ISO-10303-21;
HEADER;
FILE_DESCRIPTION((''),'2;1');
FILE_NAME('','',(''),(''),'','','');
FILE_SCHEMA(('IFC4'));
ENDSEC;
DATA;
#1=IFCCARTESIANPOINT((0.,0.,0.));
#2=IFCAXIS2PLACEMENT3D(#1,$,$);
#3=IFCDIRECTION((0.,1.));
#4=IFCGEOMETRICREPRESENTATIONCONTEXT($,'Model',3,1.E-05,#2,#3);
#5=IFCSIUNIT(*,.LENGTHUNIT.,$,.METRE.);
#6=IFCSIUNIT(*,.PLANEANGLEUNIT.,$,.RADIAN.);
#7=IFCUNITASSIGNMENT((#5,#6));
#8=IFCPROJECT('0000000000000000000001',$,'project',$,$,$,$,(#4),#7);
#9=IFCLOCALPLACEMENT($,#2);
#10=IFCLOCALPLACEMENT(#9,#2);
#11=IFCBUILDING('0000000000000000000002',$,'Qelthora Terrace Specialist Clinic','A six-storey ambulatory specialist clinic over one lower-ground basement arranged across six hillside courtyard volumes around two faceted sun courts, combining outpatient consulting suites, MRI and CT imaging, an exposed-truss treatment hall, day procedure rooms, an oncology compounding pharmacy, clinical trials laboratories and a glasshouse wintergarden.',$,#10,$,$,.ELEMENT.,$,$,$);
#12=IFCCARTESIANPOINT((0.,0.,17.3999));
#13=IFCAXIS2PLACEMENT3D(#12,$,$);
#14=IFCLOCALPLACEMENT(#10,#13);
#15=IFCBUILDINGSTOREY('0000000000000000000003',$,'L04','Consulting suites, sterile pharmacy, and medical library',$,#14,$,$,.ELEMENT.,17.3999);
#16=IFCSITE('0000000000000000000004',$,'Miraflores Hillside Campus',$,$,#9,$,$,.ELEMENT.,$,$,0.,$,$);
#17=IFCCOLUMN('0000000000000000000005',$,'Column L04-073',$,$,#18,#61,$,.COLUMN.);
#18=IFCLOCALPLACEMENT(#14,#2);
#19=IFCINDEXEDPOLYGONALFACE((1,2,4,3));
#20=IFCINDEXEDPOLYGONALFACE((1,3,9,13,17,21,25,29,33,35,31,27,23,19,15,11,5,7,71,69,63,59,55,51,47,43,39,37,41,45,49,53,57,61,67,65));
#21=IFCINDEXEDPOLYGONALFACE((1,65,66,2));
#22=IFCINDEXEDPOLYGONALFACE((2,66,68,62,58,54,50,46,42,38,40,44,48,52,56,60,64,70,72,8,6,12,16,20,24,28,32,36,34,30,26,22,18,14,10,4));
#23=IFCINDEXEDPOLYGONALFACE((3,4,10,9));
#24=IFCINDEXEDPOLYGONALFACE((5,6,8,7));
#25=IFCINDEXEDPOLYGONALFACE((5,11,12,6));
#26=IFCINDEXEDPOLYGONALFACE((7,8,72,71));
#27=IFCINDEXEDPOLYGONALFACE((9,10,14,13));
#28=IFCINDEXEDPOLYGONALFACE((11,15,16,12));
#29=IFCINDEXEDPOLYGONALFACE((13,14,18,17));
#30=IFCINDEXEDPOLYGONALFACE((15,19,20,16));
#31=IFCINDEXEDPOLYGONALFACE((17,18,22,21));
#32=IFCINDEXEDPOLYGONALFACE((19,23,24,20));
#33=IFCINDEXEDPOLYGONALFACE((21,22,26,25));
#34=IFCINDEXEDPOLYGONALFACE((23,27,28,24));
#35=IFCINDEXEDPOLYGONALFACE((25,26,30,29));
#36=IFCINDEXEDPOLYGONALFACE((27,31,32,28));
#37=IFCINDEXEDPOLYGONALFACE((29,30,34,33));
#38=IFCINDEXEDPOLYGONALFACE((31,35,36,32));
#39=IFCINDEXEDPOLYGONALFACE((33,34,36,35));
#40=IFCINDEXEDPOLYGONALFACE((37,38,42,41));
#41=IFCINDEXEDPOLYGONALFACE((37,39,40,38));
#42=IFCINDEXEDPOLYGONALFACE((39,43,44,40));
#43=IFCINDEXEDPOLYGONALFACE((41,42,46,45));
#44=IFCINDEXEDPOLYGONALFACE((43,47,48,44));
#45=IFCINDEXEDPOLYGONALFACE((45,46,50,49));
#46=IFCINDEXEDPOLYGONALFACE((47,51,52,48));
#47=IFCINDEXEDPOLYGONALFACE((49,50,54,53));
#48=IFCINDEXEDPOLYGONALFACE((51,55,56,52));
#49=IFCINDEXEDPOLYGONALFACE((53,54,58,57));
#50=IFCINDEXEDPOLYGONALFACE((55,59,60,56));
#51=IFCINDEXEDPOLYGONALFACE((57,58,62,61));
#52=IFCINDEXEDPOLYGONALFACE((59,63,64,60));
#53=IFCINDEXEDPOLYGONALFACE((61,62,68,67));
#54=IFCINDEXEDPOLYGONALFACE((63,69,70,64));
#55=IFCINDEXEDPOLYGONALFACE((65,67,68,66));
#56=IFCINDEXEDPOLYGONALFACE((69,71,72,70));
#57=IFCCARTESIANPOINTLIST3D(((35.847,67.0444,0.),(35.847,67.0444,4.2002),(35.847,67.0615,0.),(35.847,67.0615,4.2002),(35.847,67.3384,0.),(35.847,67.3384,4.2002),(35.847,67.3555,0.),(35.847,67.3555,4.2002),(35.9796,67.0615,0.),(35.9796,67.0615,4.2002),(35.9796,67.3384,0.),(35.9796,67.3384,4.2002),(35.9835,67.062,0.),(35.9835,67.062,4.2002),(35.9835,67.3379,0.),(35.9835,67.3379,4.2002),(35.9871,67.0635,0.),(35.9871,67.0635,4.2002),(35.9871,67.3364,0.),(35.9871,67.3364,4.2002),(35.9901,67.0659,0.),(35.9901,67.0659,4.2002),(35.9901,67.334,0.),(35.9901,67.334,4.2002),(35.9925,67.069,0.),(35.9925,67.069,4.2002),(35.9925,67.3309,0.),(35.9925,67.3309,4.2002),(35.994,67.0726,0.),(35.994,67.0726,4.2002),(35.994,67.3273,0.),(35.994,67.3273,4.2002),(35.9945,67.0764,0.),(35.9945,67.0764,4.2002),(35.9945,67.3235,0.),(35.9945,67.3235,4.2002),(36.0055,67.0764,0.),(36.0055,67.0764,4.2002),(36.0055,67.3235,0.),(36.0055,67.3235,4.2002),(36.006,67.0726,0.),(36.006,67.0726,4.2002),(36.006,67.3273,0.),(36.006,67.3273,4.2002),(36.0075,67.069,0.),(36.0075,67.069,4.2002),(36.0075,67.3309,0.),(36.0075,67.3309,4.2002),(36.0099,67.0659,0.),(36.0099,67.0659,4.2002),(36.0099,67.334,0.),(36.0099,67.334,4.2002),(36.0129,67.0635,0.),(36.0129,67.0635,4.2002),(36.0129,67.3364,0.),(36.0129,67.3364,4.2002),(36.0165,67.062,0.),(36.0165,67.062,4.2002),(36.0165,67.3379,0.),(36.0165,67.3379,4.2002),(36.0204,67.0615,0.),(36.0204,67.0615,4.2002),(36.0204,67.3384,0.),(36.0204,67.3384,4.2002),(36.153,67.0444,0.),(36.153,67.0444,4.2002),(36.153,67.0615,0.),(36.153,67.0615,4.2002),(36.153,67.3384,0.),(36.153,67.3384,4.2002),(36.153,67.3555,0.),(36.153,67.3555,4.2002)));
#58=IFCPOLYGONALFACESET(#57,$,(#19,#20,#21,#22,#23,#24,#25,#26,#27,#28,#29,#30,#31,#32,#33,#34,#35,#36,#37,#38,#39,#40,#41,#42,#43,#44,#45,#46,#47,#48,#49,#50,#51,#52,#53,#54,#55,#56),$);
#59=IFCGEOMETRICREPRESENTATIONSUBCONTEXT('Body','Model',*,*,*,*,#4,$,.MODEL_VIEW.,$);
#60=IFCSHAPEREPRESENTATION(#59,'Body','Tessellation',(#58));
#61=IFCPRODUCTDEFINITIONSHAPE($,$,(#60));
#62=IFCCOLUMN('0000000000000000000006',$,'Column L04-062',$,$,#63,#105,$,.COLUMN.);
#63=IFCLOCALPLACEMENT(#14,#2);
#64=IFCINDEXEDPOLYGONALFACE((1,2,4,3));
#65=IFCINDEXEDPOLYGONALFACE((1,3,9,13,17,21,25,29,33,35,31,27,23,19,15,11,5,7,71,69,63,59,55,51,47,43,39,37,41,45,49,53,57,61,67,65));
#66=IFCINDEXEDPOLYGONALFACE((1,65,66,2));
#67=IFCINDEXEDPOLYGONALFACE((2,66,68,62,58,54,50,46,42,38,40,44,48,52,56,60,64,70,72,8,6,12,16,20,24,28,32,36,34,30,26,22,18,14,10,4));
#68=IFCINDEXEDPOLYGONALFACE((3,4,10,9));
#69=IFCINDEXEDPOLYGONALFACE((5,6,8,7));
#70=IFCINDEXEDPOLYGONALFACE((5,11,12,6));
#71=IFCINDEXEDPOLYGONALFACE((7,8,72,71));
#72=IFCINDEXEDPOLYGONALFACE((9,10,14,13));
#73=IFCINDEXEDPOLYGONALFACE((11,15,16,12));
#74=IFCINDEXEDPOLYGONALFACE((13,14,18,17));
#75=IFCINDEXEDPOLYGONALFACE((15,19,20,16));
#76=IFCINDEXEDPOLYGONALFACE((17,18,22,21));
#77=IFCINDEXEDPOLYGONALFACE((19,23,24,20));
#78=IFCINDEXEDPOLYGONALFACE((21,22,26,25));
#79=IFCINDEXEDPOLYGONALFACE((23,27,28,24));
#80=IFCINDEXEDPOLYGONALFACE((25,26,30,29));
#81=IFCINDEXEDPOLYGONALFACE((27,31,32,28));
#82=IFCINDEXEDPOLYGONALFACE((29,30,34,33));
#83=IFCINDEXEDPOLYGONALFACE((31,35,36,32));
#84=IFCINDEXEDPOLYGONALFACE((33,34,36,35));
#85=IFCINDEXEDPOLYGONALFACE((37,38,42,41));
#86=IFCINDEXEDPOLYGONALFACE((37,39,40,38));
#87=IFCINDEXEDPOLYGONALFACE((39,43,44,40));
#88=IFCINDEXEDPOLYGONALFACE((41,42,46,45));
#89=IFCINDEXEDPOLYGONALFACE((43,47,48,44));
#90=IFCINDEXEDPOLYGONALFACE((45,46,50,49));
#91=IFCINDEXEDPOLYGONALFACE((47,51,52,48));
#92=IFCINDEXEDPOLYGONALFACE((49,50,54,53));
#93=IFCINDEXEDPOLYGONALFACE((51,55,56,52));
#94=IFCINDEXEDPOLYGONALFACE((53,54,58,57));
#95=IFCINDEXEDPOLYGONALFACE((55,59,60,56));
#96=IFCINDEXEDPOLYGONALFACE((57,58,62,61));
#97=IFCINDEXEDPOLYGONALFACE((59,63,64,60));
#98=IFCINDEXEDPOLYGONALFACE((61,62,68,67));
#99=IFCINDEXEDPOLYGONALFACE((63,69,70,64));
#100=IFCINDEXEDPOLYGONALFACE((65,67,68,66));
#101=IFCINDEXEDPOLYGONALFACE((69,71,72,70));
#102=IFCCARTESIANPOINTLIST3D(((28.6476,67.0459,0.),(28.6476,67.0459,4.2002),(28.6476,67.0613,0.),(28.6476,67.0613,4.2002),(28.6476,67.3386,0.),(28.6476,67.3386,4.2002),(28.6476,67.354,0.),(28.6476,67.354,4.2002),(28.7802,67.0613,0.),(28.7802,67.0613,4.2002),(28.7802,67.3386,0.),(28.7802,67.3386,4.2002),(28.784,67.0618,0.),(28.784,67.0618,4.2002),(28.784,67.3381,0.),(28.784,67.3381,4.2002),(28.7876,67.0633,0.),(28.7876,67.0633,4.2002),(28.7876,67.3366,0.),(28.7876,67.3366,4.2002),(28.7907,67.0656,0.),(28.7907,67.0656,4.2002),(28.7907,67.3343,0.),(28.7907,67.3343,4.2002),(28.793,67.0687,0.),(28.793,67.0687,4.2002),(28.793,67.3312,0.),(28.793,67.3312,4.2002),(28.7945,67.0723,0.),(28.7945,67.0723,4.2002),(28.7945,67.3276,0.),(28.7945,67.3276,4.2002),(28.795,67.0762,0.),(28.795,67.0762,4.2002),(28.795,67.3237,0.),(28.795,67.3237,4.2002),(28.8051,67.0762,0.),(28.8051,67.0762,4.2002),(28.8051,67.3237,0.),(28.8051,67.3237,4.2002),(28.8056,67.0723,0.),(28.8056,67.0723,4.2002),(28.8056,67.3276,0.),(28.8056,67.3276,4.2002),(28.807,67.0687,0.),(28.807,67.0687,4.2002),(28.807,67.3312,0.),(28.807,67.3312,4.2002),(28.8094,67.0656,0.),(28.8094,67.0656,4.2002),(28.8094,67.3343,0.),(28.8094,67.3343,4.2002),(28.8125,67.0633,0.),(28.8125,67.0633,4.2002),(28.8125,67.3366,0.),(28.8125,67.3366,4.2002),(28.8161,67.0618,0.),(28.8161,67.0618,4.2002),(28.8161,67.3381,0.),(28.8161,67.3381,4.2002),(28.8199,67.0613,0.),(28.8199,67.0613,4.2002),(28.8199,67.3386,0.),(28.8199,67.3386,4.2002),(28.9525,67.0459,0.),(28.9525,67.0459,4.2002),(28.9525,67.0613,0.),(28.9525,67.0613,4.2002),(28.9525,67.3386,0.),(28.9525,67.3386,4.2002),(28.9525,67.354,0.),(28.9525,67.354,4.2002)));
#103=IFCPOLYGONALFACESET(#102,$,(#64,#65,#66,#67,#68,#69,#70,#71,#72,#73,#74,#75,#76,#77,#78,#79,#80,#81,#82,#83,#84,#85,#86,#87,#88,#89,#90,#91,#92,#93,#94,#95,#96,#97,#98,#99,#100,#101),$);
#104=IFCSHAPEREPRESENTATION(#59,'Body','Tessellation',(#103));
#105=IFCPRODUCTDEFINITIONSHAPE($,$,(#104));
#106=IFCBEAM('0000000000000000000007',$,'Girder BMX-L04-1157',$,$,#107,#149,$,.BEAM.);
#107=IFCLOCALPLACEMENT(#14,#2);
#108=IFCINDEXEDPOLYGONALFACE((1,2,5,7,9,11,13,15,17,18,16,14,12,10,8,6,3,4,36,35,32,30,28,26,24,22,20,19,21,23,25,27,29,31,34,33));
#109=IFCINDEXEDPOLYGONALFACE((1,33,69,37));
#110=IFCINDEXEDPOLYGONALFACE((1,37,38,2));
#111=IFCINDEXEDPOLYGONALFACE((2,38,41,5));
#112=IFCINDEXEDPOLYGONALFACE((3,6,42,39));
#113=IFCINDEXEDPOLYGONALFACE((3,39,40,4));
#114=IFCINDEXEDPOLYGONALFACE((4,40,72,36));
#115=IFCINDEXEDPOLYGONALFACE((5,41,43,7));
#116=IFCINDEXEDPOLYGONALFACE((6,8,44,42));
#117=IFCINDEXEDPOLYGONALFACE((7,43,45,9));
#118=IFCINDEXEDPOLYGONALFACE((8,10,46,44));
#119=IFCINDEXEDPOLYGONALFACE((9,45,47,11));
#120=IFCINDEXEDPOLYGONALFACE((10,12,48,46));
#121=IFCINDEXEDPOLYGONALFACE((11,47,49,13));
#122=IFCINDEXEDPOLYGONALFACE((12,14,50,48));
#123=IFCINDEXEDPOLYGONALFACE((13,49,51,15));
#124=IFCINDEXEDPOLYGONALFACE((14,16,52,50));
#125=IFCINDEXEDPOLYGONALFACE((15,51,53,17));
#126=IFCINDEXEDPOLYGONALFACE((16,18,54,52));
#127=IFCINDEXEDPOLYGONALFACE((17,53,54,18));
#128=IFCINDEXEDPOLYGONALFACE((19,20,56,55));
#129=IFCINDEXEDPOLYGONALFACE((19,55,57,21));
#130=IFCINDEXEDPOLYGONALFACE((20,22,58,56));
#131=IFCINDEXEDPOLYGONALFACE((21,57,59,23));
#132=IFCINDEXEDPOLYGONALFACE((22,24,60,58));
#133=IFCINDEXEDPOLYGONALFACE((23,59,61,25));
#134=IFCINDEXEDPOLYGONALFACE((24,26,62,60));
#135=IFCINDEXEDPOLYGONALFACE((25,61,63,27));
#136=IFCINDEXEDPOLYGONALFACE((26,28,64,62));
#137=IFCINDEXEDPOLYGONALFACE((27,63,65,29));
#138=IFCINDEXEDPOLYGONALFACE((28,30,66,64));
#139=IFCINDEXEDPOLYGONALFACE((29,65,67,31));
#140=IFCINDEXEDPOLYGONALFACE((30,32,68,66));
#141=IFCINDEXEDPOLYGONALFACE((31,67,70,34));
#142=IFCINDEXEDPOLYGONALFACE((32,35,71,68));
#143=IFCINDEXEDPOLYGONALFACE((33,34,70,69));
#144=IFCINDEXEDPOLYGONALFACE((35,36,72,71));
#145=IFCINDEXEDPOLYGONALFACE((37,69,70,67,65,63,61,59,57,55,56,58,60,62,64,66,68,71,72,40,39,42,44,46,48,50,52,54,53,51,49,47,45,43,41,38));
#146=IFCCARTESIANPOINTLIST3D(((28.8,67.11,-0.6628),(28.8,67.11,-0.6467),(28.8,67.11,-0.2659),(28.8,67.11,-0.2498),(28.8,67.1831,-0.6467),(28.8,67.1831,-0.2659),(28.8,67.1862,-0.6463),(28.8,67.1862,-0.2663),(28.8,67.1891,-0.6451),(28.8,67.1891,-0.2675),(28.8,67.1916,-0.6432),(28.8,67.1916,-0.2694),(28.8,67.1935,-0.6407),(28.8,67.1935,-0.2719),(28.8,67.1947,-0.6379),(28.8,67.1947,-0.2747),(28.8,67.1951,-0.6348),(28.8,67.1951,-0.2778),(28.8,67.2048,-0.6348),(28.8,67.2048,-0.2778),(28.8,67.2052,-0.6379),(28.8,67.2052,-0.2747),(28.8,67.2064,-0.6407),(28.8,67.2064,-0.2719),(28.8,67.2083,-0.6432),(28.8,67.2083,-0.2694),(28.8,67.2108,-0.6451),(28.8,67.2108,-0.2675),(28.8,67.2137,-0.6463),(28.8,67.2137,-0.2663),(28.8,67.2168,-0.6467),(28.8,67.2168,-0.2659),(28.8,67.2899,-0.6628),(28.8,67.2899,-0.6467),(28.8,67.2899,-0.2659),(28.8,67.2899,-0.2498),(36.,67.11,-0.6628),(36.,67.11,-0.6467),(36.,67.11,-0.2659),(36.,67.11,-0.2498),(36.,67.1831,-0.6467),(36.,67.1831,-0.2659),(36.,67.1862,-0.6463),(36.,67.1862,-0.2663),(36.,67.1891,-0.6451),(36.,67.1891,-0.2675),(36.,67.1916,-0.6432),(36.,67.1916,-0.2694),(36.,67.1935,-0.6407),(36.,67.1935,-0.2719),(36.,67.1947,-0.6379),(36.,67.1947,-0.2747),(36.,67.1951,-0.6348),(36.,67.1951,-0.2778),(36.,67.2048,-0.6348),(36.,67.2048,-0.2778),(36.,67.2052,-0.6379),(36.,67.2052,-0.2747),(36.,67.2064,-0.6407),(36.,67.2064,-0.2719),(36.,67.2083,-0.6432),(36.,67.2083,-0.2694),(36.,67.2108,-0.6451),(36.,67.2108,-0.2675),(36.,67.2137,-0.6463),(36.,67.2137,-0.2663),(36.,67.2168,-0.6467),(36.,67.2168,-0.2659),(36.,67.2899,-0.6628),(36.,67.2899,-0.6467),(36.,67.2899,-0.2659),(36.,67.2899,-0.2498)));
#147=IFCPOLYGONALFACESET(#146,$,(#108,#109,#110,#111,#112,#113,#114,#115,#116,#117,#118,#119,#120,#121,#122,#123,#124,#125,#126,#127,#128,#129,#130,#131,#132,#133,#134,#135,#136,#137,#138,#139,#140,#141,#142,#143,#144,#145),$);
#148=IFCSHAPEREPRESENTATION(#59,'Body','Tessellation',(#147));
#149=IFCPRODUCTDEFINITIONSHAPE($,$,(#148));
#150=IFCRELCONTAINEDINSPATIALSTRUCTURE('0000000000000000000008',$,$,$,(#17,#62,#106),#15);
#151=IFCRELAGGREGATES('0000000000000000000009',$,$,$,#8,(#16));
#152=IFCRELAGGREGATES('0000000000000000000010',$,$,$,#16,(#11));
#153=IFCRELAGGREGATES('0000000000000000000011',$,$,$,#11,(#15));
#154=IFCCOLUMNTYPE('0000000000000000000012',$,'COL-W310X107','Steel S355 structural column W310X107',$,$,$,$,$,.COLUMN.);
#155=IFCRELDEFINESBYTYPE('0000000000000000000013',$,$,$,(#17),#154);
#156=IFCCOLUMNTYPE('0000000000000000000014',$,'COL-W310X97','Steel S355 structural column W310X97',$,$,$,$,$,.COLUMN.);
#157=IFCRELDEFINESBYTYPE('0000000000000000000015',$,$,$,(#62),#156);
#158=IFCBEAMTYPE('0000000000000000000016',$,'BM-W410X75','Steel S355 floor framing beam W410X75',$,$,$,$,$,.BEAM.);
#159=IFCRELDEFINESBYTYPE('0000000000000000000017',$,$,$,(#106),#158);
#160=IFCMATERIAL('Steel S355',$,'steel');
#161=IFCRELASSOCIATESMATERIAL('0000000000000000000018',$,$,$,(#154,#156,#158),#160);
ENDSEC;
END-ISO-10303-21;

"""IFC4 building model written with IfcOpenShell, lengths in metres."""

from ifc_helpers import new_model, si_unit, direction, frame, origin, origin_2d, place, context, subcontext, project, spatial, i_section, extrude, material, material_profile, profile_set, type_object, element, save


model = new_model("IFC4")

# Units and contexts
model_context = context("Model", 3, precision=1e-05, world=origin(), true_north=direction((0.0, 1.0)))
body_context = subcontext(model_context, "Body", "Model", "MODEL_VIEW")
ifc_project = project(units=[si_unit("LENGTHUNIT", "METRE"), si_unit("PLANEANGLEUNIT", "RADIAN")], contexts=[model_context])

# Site, building, storey
site_placement = place(None, origin())
site = spatial("IfcSite", under=ifc_project, at=site_placement, Name="Miraflores Hillside Campus", CompositionType="ELEMENT", RefElevation=0.0)
building_placement = place(site_placement, origin())
building = spatial("IfcBuilding", under=site, at=building_placement, Name="Qelthora Terrace Specialist Clinic", Description="A six-storey ambulatory specialist clinic over one lower-ground basement arranged across six hillside courtyard volumes around two faceted sun courts, combining outpatient consulting suites, MRI and CT imaging, an exposed-truss treatment hall, day procedure rooms, an oncology compounding pharmacy, clinical trials laboratories and a glasshouse wintergarden.", CompositionType="ELEMENT")
storey_placement = place(building_placement, frame((0.0, 0.0, 17.3999)))
storey = spatial("IfcBuildingStorey", under=building, at=storey_placement, Name="L04", Description="Consulting suites, sterile pharmacy, and medical library", CompositionType="ELEMENT", Elevation=17.3999)

# Columns
ifc_material_1 = material(Name="Steel S355", Category="steel")
ifc_material_profile_1 = material_profile(ifc_material_1, i_section(OverallWidth=0.3059, OverallDepth=0.311, WebThickness=0.011, FlangeThickness=0.0171, FilletRadius=0.0149, at=origin_2d()), Name="W310X107")
ifc_profile_set_1 = profile_set([ifc_material_profile_1], Name="Steel S355")
column_type_1 = type_object("IfcColumnType", Name="COL-W310X107", Description="Steel S355 structural column W310X107", PredefinedType="COLUMN", material=ifc_profile_set_1)
column_1_placement = place(storey_placement, frame((36.0, 67.2, 0.0), z_axis=(0.0, 0.0, 1.0), x_axis=(1.0, 0.0, 0.0)))
element("IfcColumn", 1, at=column_1_placement, inside=storey, type_object=column_type_1, Name="Column L04-073", PredefinedType="COLUMN", context=body_context, shape_type="SweptSolid", body=[
    extrude(i_section(OverallWidth=0.3059, OverallDepth=0.311, WebThickness=0.011, FlangeThickness=0.0171, FilletRadius=0.0149, at=origin_2d()), origin(), (0.0, 0.0, 1.0), 4.2002),
])
ifc_material_profile_2 = material_profile(ifc_material_1, i_section(OverallWidth=0.3049, OverallDepth=0.3081, WebThickness=0.01, FlangeThickness=0.0154, FilletRadius=0.0149, at=origin_2d()), Name="W310X97")
ifc_profile_set_2 = profile_set([ifc_material_profile_2], Name="Steel S355")
column_type_2 = type_object("IfcColumnType", Name="COL-W310X97", Description="Steel S355 structural column W310X97", PredefinedType="COLUMN", material=ifc_profile_set_2)
column_2_placement = place(storey_placement, frame((28.8, 67.2, 0.0), z_axis=(0.0, 0.0, 1.0), x_axis=(1.0, 0.0, 0.0)))
element("IfcColumn", 2, at=column_2_placement, inside=storey, type_object=column_type_2, Name="Column L04-062", PredefinedType="COLUMN", context=body_context, shape_type="SweptSolid", body=[
    extrude(i_section(OverallWidth=0.3049, OverallDepth=0.3081, WebThickness=0.01, FlangeThickness=0.0154, FilletRadius=0.0149, at=origin_2d()), origin(), (0.0, 0.0, 1.0), 4.2002),
])

# Beam
ifc_material_profile_3 = material_profile(ifc_material_1, i_section(OverallWidth=0.1799, OverallDepth=0.4131, WebThickness=0.0098, FlangeThickness=0.0161, FilletRadius=0.012, at=origin_2d()), Name="W410X75")
ifc_profile_set_3 = profile_set([ifc_material_profile_3], Name="Steel S355")
beam_type_1 = type_object("IfcBeamType", Name="BM-W410X75", Description="Steel S355 floor framing beam W410X75", PredefinedType="BEAM", material=ifc_profile_set_3)
beam_1_placement = place(storey_placement, frame((28.8, 67.2, -0.4563), z_axis=(1.0, 0.0, 0.0), x_axis=(0.0, 1.0, 0.0)))
element("IfcBeam", 3, at=beam_1_placement, inside=storey, type_object=beam_type_1, Name="Girder BMX-L04-1157", PredefinedType="BEAM", context=body_context, shape_type="SweptSolid", body=[
    extrude(i_section(OverallWidth=0.1799, OverallDepth=0.4131, WebThickness=0.0098, FlangeThickness=0.0161, FilletRadius=0.012, at=origin_2d()), origin(), (0.0, 0.0, 1.0), 7.2),
])

save(model, "model.ifc")
